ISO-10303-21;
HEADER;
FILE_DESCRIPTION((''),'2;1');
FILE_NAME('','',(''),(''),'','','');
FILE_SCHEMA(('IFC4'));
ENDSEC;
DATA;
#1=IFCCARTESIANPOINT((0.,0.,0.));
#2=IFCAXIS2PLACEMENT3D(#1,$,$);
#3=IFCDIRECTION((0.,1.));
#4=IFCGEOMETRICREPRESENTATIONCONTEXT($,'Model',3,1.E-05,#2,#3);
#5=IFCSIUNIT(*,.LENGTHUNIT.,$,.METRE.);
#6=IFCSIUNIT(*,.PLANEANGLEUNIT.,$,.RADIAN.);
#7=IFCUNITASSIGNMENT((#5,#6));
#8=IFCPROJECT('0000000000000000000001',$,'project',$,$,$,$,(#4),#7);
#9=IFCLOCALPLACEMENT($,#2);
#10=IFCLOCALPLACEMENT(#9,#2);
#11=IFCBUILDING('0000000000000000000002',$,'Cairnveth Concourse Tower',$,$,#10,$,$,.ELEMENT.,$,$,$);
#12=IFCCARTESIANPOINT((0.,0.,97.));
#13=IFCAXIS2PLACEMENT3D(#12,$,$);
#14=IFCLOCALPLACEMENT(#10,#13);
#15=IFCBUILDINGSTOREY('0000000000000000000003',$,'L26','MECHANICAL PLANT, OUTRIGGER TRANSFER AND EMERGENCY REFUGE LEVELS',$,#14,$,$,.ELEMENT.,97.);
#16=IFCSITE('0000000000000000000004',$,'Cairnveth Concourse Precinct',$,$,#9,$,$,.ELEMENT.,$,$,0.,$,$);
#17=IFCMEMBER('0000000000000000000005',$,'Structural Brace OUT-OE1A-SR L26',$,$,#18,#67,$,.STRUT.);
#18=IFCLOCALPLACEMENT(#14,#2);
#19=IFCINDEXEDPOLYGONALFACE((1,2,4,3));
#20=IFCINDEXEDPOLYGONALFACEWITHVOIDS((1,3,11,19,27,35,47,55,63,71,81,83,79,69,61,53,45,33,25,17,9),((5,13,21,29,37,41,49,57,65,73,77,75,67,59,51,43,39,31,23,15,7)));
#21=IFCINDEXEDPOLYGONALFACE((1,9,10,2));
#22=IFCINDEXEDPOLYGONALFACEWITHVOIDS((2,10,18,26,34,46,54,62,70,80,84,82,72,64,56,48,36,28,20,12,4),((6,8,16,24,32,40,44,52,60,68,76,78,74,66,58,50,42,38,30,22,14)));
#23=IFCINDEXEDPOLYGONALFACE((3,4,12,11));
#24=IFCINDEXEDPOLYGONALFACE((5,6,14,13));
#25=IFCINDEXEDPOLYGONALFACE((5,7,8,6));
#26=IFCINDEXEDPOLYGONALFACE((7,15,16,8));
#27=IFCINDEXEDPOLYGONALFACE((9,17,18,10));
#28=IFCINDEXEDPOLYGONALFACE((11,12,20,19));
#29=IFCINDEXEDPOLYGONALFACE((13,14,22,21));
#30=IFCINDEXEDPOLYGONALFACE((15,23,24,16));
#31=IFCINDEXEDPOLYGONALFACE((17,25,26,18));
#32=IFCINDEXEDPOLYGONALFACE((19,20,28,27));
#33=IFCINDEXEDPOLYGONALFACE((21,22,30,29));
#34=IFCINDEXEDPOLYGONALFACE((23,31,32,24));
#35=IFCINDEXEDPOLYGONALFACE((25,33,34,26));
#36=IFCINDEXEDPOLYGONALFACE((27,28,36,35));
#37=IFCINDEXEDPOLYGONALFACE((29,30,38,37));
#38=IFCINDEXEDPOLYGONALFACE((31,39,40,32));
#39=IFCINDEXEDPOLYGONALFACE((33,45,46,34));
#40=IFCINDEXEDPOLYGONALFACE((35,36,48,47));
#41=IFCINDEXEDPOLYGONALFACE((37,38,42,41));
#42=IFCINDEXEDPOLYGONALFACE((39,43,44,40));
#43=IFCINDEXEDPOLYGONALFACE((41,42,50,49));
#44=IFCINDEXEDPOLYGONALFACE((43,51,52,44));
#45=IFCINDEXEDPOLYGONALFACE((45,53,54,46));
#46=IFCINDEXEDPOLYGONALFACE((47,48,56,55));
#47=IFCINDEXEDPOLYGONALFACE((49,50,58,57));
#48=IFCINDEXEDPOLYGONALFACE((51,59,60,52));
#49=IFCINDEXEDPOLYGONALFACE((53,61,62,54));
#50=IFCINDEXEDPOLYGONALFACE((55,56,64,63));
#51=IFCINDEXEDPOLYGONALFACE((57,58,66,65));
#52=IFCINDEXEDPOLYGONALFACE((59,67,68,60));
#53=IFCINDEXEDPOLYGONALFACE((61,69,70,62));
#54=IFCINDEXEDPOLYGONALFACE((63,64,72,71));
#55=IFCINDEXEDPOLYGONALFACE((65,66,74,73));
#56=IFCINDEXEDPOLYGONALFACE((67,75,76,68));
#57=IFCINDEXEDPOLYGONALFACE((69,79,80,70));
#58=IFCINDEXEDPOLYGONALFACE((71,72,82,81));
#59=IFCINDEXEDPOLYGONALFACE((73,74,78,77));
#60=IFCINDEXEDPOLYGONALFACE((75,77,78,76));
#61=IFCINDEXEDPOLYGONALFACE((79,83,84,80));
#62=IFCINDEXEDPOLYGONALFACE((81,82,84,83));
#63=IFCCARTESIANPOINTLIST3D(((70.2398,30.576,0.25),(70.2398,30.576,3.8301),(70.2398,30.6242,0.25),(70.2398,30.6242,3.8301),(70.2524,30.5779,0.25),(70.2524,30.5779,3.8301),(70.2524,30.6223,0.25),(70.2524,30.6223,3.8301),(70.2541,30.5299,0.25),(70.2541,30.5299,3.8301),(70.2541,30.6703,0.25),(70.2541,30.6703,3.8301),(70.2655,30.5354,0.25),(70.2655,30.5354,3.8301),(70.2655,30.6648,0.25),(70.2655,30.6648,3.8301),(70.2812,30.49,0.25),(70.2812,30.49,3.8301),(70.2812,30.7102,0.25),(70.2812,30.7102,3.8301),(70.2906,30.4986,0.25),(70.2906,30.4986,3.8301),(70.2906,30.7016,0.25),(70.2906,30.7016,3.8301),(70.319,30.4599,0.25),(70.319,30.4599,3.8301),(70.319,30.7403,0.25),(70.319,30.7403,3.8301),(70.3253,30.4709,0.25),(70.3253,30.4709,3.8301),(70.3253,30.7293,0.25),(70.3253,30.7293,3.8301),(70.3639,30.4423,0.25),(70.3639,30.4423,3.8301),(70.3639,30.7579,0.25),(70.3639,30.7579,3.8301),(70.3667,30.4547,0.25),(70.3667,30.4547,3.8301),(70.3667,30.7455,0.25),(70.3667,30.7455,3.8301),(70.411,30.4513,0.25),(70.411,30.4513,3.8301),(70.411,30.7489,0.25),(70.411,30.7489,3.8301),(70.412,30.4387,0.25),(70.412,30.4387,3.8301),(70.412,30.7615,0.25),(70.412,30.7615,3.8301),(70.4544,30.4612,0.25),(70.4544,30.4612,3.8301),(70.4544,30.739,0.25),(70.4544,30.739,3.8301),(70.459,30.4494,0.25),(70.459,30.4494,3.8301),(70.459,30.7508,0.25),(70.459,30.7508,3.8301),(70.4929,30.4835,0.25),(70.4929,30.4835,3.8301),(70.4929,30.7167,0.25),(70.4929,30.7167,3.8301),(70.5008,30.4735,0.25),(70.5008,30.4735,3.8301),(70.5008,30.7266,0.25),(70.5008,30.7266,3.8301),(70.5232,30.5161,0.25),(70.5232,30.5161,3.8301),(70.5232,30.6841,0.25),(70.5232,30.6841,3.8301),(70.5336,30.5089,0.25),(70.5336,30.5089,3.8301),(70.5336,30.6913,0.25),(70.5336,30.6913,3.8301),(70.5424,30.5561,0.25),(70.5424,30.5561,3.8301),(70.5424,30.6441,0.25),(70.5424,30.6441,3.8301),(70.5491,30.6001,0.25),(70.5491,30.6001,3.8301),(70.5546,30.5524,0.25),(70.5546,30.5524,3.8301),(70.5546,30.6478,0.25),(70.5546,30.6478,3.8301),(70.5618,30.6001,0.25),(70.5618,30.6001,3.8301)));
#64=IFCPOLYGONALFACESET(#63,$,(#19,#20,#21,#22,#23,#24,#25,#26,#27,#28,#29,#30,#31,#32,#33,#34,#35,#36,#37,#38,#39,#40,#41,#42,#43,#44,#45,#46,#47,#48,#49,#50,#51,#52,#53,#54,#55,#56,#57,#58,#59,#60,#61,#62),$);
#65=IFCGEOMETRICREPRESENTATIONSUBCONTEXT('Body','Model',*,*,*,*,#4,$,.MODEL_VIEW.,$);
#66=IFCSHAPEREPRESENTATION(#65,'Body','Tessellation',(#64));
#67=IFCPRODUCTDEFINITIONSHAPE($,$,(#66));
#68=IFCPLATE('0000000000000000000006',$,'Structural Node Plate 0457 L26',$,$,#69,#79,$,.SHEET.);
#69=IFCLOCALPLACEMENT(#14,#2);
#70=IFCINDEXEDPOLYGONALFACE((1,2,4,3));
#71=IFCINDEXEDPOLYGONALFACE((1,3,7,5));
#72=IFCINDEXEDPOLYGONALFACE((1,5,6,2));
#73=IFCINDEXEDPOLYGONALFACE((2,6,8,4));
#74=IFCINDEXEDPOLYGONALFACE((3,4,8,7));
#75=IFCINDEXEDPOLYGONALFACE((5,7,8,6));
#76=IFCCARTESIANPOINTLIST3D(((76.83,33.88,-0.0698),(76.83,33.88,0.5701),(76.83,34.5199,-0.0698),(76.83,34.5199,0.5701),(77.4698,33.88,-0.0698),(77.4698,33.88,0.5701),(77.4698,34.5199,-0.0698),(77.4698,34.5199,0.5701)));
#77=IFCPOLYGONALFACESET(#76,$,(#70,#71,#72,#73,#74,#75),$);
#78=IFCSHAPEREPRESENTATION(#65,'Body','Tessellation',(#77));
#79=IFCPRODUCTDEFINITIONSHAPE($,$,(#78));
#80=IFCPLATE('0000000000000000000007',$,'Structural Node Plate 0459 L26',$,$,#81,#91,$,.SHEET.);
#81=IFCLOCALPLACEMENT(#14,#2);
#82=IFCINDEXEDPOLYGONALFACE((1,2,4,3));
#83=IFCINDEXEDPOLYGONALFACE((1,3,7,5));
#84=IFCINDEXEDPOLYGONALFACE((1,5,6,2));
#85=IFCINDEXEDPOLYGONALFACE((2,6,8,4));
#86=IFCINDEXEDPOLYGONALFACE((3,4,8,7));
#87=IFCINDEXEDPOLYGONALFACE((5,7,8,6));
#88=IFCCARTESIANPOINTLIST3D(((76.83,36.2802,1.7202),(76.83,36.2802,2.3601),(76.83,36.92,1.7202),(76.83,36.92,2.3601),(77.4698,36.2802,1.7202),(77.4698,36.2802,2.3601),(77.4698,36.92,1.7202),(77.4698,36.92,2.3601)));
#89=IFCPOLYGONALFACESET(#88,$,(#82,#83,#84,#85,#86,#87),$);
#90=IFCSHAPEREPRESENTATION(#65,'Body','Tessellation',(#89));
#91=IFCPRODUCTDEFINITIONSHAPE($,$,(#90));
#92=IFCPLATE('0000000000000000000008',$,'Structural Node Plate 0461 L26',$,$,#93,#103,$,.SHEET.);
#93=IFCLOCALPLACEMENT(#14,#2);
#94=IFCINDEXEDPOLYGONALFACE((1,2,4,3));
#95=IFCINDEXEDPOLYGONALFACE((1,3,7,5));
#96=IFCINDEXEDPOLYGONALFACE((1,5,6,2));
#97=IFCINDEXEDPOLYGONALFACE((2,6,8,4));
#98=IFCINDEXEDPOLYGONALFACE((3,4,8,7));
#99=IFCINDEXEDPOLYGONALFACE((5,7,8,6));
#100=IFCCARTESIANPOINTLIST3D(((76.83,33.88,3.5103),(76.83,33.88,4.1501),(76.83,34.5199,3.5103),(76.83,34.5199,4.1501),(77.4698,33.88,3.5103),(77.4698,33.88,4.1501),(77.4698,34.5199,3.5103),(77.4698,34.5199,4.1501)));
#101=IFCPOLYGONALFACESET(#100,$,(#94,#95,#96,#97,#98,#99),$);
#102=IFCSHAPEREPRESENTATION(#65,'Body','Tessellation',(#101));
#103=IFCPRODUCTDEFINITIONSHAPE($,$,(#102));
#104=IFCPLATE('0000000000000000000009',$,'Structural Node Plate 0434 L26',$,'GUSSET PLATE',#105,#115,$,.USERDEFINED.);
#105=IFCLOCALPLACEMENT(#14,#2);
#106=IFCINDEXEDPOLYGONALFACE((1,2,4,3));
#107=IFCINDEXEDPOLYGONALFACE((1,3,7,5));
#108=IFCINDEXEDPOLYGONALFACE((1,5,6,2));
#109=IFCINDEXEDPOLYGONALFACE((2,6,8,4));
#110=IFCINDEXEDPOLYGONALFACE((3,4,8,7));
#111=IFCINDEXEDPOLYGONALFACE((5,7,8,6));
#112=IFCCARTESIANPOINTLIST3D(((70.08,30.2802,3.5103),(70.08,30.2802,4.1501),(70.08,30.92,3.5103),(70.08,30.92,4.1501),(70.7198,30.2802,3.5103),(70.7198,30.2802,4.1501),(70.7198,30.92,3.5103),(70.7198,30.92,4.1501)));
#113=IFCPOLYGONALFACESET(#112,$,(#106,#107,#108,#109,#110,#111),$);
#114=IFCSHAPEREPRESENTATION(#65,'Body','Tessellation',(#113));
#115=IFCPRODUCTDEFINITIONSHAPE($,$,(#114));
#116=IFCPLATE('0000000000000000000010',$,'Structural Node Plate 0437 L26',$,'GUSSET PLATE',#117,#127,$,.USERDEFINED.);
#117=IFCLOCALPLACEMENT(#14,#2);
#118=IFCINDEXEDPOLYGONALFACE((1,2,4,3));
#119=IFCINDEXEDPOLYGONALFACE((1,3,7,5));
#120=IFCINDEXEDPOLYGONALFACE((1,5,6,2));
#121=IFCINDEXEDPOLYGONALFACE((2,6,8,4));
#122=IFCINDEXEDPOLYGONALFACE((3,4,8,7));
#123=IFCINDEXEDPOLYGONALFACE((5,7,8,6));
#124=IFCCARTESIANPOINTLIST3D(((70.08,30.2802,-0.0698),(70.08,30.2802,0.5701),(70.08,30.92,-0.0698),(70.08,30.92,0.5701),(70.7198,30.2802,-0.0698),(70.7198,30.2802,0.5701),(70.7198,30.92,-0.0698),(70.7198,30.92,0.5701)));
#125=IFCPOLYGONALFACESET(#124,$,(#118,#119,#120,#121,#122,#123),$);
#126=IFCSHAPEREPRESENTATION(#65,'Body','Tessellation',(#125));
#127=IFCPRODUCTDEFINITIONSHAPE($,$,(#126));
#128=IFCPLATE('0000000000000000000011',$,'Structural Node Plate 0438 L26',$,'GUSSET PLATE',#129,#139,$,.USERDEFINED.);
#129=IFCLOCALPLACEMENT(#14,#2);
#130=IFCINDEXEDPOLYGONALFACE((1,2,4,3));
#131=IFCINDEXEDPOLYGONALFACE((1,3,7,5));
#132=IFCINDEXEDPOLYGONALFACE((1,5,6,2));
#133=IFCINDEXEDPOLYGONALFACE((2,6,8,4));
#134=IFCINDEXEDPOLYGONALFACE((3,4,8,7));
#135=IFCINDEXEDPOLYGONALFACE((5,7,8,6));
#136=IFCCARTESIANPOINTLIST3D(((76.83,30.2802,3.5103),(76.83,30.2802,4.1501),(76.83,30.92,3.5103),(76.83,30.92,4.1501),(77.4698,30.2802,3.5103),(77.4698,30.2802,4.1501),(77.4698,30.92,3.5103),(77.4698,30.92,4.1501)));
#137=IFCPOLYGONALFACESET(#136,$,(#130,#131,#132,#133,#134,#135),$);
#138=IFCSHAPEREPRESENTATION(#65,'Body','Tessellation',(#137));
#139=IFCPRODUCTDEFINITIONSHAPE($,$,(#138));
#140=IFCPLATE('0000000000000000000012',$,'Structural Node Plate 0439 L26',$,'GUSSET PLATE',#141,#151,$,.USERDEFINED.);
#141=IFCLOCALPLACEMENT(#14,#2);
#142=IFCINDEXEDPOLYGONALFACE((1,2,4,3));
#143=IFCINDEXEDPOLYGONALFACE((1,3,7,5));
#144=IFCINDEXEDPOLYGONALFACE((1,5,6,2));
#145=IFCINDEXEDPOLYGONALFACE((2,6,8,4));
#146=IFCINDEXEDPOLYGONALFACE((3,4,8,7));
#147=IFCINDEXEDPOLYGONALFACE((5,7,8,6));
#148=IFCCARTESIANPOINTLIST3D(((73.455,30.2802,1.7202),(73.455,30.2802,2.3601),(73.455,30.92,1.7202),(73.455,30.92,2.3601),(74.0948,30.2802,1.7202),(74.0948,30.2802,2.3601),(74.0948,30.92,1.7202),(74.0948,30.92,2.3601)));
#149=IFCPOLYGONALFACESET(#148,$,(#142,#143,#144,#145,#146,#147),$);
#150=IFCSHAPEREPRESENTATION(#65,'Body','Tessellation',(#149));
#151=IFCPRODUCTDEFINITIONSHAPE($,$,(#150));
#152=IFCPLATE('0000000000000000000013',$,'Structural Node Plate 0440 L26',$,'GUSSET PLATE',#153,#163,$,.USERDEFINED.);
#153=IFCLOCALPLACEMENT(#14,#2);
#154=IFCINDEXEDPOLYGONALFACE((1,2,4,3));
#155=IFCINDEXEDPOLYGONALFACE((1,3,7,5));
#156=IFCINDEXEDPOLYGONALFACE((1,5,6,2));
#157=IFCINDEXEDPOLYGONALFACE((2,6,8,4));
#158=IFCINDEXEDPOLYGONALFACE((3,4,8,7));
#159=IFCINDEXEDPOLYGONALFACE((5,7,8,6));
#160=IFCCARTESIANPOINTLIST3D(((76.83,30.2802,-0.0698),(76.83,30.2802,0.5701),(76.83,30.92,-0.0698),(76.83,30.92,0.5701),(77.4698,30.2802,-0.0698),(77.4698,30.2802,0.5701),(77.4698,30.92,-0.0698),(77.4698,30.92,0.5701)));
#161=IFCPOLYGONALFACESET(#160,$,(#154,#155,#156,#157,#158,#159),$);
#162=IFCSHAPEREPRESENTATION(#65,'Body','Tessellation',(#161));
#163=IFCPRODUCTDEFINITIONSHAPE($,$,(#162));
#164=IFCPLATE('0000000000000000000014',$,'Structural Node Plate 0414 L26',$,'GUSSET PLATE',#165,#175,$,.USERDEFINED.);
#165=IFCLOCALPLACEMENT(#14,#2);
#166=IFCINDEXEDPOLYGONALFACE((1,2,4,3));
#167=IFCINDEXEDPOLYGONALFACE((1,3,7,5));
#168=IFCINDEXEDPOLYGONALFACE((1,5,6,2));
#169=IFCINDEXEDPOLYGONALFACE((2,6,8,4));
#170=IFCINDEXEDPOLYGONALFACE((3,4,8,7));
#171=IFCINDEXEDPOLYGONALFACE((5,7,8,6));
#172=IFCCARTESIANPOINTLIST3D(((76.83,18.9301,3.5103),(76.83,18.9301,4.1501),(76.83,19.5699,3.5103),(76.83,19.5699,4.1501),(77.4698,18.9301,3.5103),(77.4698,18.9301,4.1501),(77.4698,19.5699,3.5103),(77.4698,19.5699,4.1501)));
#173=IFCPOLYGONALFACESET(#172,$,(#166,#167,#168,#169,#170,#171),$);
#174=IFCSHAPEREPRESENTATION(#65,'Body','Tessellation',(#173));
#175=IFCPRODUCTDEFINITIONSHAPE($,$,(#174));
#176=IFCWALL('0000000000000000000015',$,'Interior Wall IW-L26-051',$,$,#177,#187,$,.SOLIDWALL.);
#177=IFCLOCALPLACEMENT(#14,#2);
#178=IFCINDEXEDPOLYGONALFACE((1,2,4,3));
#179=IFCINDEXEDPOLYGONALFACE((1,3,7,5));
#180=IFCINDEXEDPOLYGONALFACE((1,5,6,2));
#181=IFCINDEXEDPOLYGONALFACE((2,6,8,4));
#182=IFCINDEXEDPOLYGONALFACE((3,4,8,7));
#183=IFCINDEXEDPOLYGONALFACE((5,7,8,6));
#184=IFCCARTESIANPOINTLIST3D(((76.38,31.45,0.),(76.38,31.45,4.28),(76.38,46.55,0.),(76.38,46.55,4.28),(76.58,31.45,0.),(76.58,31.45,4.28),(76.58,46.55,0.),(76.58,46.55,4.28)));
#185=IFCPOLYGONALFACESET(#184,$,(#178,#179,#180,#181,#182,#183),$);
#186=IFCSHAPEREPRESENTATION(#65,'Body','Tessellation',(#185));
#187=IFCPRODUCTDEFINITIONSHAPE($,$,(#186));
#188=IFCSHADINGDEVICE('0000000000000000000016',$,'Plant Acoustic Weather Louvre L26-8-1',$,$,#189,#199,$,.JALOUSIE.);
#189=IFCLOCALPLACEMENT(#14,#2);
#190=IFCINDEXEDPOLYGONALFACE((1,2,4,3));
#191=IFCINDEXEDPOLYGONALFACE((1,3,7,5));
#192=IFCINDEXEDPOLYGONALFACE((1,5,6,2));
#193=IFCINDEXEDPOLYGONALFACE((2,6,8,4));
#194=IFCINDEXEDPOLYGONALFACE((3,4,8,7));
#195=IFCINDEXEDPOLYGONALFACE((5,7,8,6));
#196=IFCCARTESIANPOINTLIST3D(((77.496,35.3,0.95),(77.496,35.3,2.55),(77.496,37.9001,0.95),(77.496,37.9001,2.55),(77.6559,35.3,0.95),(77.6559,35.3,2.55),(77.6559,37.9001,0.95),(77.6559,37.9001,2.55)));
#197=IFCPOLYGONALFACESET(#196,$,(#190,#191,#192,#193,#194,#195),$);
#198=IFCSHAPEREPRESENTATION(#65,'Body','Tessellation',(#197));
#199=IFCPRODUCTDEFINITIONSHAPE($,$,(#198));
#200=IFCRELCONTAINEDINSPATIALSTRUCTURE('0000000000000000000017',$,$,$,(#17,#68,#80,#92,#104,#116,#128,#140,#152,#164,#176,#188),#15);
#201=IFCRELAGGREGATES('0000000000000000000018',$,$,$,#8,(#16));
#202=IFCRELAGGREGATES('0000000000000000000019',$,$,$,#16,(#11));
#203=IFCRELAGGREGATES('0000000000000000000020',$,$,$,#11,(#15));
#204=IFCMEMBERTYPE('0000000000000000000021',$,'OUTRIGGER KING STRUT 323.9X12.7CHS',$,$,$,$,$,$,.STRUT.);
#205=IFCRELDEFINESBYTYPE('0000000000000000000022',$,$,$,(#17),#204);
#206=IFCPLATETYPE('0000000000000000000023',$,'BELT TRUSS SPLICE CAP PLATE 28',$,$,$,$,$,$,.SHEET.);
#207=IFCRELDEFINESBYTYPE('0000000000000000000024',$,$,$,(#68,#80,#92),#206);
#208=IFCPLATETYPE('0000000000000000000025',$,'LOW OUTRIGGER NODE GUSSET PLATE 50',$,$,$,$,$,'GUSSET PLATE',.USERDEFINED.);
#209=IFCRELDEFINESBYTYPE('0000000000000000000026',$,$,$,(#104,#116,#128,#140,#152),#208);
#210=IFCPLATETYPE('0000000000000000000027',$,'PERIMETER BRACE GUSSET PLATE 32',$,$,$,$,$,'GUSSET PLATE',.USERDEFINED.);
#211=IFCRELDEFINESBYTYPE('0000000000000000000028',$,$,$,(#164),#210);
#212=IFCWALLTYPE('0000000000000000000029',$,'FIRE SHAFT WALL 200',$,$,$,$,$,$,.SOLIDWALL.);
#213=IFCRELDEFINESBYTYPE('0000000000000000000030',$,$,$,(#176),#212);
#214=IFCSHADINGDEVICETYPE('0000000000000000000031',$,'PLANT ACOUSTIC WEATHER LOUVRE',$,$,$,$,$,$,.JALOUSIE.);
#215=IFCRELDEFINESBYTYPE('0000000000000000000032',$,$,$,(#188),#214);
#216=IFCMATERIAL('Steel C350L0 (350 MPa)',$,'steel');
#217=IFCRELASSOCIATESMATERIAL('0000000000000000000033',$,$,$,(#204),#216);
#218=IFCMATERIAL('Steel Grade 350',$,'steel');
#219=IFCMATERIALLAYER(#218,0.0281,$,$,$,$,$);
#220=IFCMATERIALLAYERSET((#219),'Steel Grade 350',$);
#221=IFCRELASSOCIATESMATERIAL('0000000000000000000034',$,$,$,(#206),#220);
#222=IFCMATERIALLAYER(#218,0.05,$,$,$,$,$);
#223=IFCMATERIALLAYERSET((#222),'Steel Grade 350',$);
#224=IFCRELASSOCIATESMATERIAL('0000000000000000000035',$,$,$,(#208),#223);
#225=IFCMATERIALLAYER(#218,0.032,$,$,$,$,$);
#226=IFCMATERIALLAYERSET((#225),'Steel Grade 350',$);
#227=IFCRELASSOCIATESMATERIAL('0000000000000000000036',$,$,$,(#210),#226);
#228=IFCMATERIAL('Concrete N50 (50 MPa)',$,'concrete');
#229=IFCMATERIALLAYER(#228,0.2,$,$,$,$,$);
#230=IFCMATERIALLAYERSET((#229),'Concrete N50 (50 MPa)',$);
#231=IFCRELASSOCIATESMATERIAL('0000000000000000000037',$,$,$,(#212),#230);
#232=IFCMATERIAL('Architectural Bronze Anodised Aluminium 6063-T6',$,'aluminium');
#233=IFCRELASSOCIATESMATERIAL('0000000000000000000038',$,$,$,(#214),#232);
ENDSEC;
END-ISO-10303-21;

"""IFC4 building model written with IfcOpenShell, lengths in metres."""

from ifc_helpers import new_model, si_unit, direction, frame, frame_2d, origin, origin_2d, place, context, subcontext, project, spatial, rectangle, hollow_circle, extrude, material, layer, layer_set, material_profile, profile_set, type_object, element, save


model = new_model("IFC4")

# Units and contexts
model_context = context("Model", 3, precision=1e-05, world=origin(), true_north=direction((0.0, 1.0)))
body_context = subcontext(model_context, "Body", "Model", "MODEL_VIEW")
ifc_project = project(units=[si_unit("LENGTHUNIT", "METRE"), si_unit("PLANEANGLEUNIT", "RADIAN")], contexts=[model_context])

# Site, building, storey
site_placement = place(None, origin())
site = spatial("IfcSite", under=ifc_project, at=site_placement, Name="Cairnveth Concourse Precinct", CompositionType="ELEMENT", RefElevation=0.0)
building_placement = place(site_placement, origin())
building = spatial("IfcBuilding", under=site, at=building_placement, Name="Cairnveth Concourse Tower", CompositionType="ELEMENT")
storey_placement = place(building_placement, frame((0.0, 0.0, 97.0)))
storey = spatial("IfcBuildingStorey", under=building, at=storey_placement, Name="L26", Description="MECHANICAL PLANT, OUTRIGGER TRANSFER AND EMERGENCY REFUGE LEVELS", CompositionType="ELEMENT", Elevation=97.0)

# Shared definitions
ifc_material_1 = material(Name="Steel C350L0 (350 MPa)", Category="steel")

# Member
ifc_material_profile_1 = material_profile(ifc_material_1, hollow_circle(Radius=0.1619, WallThickness=0.0127, at=origin_2d()), Name="323.9x12.7CHS")
ifc_profile_set_1 = profile_set([ifc_material_profile_1], Name="Steel C350L0 (350 MPa)")
member_type_1 = type_object("IfcMemberType", Name="OUTRIGGER KING STRUT 323.9X12.7CHS", PredefinedType="STRUT", material=ifc_profile_set_1)
member_1_placement = place(storey_placement, frame((70.3999, 30.6001, 0.25), z_axis=(0.0, 0.0, 1.0), x_axis=(1.0, 0.0, 0.0)))
element("IfcMember", 1, at=member_1_placement, inside=storey, type_object=member_type_1, Name="Structural Brace OUT-OE1A-SR L26", PredefinedType="STRUT", context=body_context, shape_type="SweptSolid", body=[
    extrude(hollow_circle(Radius=0.1619, WallThickness=0.0127, at=origin_2d()), origin(), (0.0, 0.0, 1.0), 3.5801),
])

# Plates
ifc_material_2 = material(Name="Steel Grade 350", Category="steel")
ifc_layer_1 = layer(ifc_material_2, 0.0281)
ifc_layer_set_1 = layer_set([ifc_layer_1], Name="Steel Grade 350")
plate_type_1 = type_object("IfcPlateType", Name="BELT TRUSS SPLICE CAP PLATE 28", PredefinedType="SHEET", material=ifc_layer_set_1)
for number, where, z_axis, x_axis, name in (
    (2, (77.1499, 34.2, -0.0698), (0.0, 0.0, 1.0), (1.0, 0.0, 0.0), "Structural Node Plate 0457 L26"),
    (3, (77.1499, 36.6001, 1.7202), (0.0, 0.0, 1.0), (1.0, 0.0, 0.0), "Structural Node Plate 0459 L26"),
    (4, (77.1499, 34.2, 3.5103), (0.0, 0.0, 1.0), (1.0, 0.0, 0.0), "Structural Node Plate 0461 L26"),
):
    element("IfcPlate", number, at=place(storey_placement, frame(where, z_axis=z_axis, x_axis=x_axis)), inside=storey, type_object=plate_type_1, Name=name, PredefinedType="SHEET", context=body_context, shape_type="SweptSolid", body=[
        extrude(rectangle(XDim=0.6399, YDim=0.6399, at=origin_2d()), origin(), (0.0, 0.0, 1.0), 0.6399),
    ])
ifc_layer_2 = layer(ifc_material_2, 0.05)
ifc_layer_set_2 = layer_set([ifc_layer_2], Name="Steel Grade 350")
plate_type_2 = type_object("IfcPlateType", Name="LOW OUTRIGGER NODE GUSSET PLATE 50", ElementType="GUSSET PLATE", PredefinedType="USERDEFINED", material=ifc_layer_set_2)
for number, where, z_axis, x_axis, name in (
    (5, (70.3999, 30.6001, 3.5103), (0.0, 0.0, 1.0), (1.0, 0.0, 0.0), "Structural Node Plate 0434 L26"),
    (6, (70.3999, 30.6001, -0.0698), (0.0, 0.0, 1.0), (1.0, 0.0, 0.0), "Structural Node Plate 0437 L26"),
    (7, (77.1499, 30.6001, 3.5103), (0.0, 0.0, 1.0), (1.0, 0.0, 0.0), "Structural Node Plate 0438 L26"),
    (8, (73.7749, 30.6001, 1.7202), (0.0, 0.0, 1.0), (1.0, 0.0, 0.0), "Structural Node Plate 0439 L26"),
    (9, (77.1499, 30.6001, -0.0698), (0.0, 0.0, 1.0), (1.0, 0.0, 0.0), "Structural Node Plate 0440 L26"),
):
    element("IfcPlate", number, at=place(storey_placement, frame(where, z_axis=z_axis, x_axis=x_axis)), inside=storey, type_object=plate_type_2, Name=name, ObjectType="GUSSET PLATE", PredefinedType="USERDEFINED", context=body_context, shape_type="SweptSolid", body=[
        extrude(rectangle(XDim=0.6399, YDim=0.6399, at=origin_2d()), origin(), (0.0, 0.0, 1.0), 0.6399),
    ])
ifc_layer_3 = layer(ifc_material_2, 0.032)
ifc_layer_set_3 = layer_set([ifc_layer_3], Name="Steel Grade 350")
plate_type_3 = type_object("IfcPlateType", Name="PERIMETER BRACE GUSSET PLATE 32", ElementType="GUSSET PLATE", PredefinedType="USERDEFINED", material=ifc_layer_set_3)
plate_placement = place(storey_placement, frame((77.1499, 19.25, 3.5103), z_axis=(0.0, 0.0, 1.0), x_axis=(1.0, 0.0, 0.0)))
element("IfcPlate", 10, at=plate_placement, inside=storey, type_object=plate_type_3, Name="Structural Node Plate 0414 L26", ObjectType="GUSSET PLATE", PredefinedType="USERDEFINED", context=body_context, shape_type="SweptSolid", body=[
    extrude(rectangle(XDim=0.6399, YDim=0.6399, at=origin_2d()), origin(), (0.0, 0.0, 1.0), 0.6399),
])

# Wall
ifc_material_3 = material(Name="Concrete N50 (50 MPa)", Category="concrete")
ifc_layer_4 = layer(ifc_material_3, 0.2)
ifc_layer_set_4 = layer_set([ifc_layer_4], Name="Concrete N50 (50 MPa)")
wall_type = type_object("IfcWallType", Name="FIRE SHAFT WALL 200", PredefinedType="SOLIDWALL", material=ifc_layer_set_4)
wall_placement = place(storey_placement, frame((76.48, 31.45, 0.0), z_axis=(0.0, 0.0, 1.0), x_axis=(0.0, 1.0, 0.0)))
element("IfcWall", 11, at=wall_placement, inside=storey, type_object=wall_type, Name="Interior Wall IW-L26-051", PredefinedType="SOLIDWALL", context=body_context, shape_type="SweptSolid", body=[
    extrude(rectangle(XDim=15.1001, YDim=0.2, at=frame_2d((7.55, 0.0))), origin(), (0.0, 0.0, 1.0), 4.28),
])

# Shading device
ifc_material_4 = material(Name="Architectural Bronze Anodised Aluminium 6063-T6", Category="aluminium")
shading_device_type = type_object("IfcShadingDeviceType", Name="PLANT ACOUSTIC WEATHER LOUVRE", PredefinedType="JALOUSIE", material=ifc_material_4)
shading_device_placement = place(storey_placement, frame((77.5759, 36.6001, 0.95), z_axis=(0.0, 0.0, 1.0), x_axis=(1.0, 0.0, 0.0)))
element("IfcShadingDevice", 12, at=shading_device_placement, inside=storey, type_object=shading_device_type, Name="Plant Acoustic Weather Louvre L26-8-1", PredefinedType="JALOUSIE", context=body_context, shape_type="SweptSolid", body=[
    extrude(rectangle(XDim=0.1599, YDim=2.6001, at=origin_2d()), origin(), (0.0, 0.0, 1.0), 1.6001),
])

save(model, "model.ifc")
